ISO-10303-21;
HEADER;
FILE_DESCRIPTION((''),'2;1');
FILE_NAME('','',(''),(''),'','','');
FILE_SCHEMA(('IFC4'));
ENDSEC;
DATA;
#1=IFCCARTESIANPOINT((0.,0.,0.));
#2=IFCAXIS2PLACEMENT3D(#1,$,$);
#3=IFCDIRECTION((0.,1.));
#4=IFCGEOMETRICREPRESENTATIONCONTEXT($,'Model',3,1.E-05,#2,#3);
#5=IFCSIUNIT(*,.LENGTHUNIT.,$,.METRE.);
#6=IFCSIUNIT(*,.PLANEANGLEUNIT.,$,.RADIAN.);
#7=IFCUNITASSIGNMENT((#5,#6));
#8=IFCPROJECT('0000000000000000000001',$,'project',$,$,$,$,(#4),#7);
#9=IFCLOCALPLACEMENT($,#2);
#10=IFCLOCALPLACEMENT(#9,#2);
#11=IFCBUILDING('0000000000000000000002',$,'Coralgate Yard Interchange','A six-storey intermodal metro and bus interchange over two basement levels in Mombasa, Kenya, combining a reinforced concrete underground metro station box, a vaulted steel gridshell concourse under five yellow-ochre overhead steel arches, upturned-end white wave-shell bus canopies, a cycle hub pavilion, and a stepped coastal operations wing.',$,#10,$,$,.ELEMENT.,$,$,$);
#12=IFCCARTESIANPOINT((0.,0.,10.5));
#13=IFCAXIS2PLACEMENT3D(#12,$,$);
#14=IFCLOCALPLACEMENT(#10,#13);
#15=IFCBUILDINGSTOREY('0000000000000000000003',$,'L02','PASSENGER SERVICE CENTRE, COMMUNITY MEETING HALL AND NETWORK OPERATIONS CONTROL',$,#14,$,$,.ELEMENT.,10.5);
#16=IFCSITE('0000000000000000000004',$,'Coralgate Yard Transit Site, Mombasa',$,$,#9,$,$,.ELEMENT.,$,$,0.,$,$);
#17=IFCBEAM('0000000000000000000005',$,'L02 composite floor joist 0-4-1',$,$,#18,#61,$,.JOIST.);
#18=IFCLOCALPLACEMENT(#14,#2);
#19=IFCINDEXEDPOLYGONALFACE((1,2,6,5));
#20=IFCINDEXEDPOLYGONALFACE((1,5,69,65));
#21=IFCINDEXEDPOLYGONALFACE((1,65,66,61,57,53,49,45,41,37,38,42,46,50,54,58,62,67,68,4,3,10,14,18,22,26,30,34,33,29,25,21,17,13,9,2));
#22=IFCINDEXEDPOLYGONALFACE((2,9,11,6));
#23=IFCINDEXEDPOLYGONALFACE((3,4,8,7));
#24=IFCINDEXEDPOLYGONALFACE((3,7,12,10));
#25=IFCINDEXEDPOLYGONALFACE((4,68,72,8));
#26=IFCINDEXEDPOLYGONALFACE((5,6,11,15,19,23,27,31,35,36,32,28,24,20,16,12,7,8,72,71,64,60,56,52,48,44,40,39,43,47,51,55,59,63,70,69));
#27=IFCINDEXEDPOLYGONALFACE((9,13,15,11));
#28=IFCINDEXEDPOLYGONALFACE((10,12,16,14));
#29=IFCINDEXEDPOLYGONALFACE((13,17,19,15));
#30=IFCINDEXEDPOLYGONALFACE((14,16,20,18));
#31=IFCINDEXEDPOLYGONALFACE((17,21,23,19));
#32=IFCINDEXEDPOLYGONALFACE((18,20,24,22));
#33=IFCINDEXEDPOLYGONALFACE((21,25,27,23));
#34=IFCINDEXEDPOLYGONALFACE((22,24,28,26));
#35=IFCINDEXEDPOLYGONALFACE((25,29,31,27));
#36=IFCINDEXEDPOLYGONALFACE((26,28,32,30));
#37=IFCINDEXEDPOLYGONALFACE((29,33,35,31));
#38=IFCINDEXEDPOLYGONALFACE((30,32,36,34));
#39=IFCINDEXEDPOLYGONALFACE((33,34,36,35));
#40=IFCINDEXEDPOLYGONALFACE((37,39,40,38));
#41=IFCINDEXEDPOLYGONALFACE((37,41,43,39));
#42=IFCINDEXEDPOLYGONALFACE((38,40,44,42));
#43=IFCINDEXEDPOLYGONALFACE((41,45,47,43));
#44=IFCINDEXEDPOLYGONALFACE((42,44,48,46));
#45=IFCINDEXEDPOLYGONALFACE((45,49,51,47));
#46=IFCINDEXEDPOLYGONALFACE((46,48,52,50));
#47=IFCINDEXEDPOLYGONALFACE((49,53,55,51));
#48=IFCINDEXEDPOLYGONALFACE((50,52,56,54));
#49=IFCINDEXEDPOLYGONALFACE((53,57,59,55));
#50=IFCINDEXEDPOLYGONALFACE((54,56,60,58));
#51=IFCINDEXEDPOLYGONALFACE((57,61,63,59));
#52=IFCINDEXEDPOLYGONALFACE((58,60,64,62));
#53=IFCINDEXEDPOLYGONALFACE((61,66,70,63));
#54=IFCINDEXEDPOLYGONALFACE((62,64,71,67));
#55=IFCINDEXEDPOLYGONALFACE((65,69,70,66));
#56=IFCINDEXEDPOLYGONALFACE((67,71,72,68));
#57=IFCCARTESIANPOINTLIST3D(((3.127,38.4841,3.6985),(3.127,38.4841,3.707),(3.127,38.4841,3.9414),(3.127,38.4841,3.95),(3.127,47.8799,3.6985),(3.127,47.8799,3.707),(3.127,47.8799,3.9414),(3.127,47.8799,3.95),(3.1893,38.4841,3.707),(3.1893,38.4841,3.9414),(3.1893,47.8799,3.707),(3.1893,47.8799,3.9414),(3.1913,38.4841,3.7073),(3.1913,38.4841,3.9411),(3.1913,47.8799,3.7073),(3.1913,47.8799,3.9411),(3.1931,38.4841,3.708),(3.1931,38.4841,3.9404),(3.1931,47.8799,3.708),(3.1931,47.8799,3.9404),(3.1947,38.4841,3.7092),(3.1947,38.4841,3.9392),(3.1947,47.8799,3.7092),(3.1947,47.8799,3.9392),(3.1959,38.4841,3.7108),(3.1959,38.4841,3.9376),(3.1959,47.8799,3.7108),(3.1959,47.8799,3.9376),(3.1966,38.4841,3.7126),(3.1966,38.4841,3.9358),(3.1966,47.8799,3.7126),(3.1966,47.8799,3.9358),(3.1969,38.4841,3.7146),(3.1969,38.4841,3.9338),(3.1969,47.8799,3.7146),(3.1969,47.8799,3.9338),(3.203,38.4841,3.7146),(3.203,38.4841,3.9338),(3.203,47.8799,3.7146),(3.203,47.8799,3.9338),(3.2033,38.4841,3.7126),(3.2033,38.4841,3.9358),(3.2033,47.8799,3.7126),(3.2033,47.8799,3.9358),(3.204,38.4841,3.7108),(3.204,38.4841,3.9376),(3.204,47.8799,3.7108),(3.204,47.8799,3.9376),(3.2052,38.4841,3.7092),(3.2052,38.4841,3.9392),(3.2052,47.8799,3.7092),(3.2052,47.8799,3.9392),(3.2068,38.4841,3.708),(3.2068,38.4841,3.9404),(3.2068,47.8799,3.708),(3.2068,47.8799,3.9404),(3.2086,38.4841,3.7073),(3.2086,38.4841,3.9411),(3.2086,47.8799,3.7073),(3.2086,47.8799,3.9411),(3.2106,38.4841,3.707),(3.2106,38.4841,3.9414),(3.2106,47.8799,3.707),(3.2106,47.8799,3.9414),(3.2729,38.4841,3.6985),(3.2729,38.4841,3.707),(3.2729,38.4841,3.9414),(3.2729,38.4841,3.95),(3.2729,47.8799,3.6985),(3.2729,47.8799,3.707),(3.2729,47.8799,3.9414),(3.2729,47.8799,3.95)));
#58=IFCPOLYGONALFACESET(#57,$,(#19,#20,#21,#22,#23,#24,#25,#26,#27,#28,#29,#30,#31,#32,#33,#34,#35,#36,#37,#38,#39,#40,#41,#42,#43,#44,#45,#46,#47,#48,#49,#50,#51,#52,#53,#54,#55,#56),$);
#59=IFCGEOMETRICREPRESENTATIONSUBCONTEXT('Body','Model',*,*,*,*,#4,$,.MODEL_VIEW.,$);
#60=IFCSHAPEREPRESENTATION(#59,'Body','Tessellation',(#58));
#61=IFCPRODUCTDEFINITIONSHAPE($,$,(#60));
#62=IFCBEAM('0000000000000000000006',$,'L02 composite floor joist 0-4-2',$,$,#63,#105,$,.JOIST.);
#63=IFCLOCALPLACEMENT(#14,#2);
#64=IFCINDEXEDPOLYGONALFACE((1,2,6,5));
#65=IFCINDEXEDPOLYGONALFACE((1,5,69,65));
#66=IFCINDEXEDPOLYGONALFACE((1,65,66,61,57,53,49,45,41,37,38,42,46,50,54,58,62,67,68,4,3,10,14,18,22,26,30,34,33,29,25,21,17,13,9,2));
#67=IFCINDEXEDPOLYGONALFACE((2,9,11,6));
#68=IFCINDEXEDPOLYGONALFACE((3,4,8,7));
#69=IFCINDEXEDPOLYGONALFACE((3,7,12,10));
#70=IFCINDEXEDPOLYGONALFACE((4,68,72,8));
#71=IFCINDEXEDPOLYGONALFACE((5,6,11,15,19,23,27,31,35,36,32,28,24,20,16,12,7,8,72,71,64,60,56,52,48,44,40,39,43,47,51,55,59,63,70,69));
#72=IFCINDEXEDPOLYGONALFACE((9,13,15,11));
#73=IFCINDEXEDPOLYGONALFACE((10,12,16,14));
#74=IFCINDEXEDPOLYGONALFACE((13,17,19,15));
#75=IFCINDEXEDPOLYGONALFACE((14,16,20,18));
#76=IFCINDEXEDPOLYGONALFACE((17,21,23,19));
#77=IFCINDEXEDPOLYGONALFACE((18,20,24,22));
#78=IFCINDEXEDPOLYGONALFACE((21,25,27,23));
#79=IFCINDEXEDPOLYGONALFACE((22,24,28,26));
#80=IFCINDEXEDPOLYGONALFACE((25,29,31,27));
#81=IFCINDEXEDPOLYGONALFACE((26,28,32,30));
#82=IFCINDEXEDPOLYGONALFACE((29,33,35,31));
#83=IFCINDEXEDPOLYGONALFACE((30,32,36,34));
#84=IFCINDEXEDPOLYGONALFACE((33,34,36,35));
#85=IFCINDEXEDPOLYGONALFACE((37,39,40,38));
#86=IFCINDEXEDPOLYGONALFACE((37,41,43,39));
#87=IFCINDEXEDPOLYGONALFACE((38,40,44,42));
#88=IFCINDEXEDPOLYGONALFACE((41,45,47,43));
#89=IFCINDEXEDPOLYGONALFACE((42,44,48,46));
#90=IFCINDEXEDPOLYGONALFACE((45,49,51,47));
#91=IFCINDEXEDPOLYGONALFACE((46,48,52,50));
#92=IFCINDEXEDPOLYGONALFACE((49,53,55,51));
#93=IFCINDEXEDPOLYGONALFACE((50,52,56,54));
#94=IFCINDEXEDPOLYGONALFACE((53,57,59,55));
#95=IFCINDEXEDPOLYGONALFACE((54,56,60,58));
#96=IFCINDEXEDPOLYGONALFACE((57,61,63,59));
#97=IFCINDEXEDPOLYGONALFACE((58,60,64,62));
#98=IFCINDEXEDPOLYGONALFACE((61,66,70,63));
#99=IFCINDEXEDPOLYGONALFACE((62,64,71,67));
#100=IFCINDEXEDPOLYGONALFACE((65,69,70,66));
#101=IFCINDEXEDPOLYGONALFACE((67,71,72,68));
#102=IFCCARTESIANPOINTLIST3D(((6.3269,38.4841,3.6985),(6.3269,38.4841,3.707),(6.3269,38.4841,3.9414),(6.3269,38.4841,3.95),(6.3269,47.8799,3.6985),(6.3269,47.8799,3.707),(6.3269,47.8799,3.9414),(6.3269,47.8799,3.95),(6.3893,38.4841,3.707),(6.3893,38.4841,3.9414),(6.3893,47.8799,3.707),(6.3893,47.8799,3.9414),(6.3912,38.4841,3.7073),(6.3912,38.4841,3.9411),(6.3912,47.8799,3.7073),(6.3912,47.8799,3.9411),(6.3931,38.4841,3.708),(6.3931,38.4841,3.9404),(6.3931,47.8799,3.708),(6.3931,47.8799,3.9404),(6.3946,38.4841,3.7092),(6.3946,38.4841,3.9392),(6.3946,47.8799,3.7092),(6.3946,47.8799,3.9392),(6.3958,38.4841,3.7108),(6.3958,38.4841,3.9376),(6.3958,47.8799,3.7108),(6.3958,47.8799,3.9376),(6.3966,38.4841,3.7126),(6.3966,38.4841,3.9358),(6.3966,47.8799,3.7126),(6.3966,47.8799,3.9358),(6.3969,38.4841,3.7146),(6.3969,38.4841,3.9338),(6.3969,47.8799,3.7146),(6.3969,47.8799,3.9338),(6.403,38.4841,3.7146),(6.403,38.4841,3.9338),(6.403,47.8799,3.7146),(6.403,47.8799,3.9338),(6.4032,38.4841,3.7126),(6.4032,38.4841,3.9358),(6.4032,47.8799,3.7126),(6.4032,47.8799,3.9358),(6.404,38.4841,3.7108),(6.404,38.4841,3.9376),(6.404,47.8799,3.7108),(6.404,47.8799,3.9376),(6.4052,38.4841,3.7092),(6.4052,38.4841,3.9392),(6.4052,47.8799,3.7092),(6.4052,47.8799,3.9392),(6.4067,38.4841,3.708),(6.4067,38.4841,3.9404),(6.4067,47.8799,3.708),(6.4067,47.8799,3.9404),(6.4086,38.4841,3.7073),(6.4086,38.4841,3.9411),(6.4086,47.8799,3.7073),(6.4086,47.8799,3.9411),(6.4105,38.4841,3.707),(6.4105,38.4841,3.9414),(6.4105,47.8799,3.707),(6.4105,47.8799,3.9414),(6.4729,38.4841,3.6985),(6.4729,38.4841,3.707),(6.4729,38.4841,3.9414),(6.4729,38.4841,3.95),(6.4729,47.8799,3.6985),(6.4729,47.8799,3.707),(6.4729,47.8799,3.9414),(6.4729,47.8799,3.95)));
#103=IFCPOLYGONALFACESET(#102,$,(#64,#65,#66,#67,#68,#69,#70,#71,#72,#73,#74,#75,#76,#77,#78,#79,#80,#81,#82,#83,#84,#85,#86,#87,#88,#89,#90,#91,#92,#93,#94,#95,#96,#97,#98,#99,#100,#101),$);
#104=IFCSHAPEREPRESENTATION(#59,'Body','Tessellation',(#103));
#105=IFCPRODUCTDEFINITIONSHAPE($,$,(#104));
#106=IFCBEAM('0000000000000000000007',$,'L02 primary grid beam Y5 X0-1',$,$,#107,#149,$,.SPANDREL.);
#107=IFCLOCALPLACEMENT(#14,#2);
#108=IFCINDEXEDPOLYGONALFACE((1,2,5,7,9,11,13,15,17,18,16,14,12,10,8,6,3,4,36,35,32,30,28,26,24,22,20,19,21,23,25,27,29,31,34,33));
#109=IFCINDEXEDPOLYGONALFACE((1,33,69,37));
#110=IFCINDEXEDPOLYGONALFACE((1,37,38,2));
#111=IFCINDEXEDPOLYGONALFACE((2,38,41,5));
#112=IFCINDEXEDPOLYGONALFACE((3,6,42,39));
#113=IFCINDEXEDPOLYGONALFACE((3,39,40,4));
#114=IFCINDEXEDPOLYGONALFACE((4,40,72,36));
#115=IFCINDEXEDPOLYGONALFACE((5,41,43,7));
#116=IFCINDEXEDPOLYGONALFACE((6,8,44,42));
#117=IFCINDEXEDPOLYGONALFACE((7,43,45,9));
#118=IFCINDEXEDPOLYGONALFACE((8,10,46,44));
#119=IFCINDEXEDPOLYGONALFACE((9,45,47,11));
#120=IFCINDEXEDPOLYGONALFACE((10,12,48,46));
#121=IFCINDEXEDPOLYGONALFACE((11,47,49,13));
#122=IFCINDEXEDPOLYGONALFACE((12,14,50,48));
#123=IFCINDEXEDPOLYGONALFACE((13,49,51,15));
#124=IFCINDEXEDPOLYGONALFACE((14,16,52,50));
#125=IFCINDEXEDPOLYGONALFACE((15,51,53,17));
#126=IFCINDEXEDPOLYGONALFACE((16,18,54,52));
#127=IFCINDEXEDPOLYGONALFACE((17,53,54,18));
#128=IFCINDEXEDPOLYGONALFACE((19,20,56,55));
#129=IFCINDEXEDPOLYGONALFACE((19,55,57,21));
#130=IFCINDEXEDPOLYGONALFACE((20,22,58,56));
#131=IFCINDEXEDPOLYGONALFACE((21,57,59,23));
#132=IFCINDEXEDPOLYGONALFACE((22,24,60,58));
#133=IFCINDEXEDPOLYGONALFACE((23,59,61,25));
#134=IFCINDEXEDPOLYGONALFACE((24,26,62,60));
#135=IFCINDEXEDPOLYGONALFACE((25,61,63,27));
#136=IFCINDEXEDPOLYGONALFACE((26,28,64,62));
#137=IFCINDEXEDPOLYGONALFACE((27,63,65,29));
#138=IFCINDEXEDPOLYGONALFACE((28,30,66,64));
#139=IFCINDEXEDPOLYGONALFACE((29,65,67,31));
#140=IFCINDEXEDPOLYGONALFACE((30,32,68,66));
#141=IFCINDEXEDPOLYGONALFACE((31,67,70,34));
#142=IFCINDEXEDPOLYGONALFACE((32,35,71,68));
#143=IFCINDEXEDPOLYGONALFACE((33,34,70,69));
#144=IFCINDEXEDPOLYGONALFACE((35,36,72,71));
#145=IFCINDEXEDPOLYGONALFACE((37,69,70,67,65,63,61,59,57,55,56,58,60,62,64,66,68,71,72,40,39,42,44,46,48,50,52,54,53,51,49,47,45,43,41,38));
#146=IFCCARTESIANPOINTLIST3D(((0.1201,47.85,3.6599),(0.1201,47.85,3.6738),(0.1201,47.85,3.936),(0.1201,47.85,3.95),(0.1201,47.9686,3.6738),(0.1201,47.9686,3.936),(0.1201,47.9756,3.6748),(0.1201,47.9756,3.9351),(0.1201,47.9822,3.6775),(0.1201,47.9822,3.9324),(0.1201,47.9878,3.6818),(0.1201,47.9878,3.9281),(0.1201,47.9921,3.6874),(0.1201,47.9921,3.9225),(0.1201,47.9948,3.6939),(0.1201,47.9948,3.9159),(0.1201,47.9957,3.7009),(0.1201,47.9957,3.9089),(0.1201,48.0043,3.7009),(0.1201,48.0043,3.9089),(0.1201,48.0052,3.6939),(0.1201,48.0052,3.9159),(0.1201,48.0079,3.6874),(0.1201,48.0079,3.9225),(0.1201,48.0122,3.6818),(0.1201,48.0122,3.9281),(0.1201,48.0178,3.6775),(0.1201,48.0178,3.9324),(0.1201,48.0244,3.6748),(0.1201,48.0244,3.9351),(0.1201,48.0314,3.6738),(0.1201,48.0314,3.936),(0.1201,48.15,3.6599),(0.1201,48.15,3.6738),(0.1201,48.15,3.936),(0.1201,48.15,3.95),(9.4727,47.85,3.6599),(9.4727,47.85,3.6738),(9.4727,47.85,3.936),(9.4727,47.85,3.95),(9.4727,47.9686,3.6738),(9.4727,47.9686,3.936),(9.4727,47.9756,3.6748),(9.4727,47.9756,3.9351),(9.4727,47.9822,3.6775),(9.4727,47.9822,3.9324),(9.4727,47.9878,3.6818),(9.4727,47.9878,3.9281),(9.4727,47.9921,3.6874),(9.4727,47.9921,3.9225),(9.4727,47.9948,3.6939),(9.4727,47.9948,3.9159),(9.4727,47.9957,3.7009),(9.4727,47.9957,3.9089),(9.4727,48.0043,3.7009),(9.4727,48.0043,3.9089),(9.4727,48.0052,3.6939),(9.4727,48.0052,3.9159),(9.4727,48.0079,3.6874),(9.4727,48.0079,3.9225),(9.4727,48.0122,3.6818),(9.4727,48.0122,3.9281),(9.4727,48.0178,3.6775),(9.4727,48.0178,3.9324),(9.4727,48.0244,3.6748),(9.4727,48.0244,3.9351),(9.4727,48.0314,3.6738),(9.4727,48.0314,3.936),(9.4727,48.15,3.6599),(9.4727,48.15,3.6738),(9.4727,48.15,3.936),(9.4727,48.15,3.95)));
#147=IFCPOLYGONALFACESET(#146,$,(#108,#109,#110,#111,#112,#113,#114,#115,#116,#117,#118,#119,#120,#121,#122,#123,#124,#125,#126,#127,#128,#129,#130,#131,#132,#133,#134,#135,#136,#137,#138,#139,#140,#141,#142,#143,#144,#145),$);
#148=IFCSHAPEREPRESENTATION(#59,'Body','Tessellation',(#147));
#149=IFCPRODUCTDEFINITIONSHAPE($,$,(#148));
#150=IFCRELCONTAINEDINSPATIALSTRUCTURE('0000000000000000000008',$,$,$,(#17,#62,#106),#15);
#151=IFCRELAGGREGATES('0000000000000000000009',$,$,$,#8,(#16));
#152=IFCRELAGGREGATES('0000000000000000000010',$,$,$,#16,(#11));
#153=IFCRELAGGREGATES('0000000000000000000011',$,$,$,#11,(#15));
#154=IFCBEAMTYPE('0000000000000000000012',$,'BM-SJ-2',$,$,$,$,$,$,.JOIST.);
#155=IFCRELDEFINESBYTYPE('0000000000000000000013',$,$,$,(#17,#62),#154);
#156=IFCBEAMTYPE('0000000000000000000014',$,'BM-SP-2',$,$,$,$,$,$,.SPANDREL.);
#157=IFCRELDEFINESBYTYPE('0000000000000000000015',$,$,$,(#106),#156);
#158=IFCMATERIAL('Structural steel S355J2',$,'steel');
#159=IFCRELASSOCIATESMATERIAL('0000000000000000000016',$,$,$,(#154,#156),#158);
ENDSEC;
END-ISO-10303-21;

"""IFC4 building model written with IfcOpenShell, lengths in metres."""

from ifc_helpers import new_model, si_unit, direction, frame, origin, origin_2d, place, context, subcontext, project, spatial, i_section, extrude, material, material_profile, profile_set, type_object, element, save


model = new_model("IFC4")

# Units and contexts
model_context = context("Model", 3, precision=1e-05, world=origin(), true_north=direction((0.0, 1.0)))
body_context = subcontext(model_context, "Body", "Model", "MODEL_VIEW")
ifc_project = project(units=[si_unit("LENGTHUNIT", "METRE"), si_unit("PLANEANGLEUNIT", "RADIAN")], contexts=[model_context])

# Site, building, storey
site_placement = place(None, origin())
site = spatial("IfcSite", under=ifc_project, at=site_placement, Name="Coralgate Yard Transit Site, Mombasa", CompositionType="ELEMENT", RefElevation=0.0)
building_placement = place(site_placement, origin())
building = spatial("IfcBuilding", under=site, at=building_placement, Name="Coralgate Yard Interchange", Description="A six-storey intermodal metro and bus interchange over two basement levels in Mombasa, Kenya, combining a reinforced concrete underground metro station box, a vaulted steel gridshell concourse under five yellow-ochre overhead steel arches, upturned-end white wave-shell bus canopies, a cycle hub pavilion, and a stepped coastal operations wing.", CompositionType="ELEMENT")
storey_placement = place(building_placement, frame((0.0, 0.0, 10.5)))
storey = spatial("IfcBuildingStorey", under=building, at=storey_placement, Name="L02", Description="PASSENGER SERVICE CENTRE, COMMUNITY MEETING HALL AND NETWORK OPERATIONS CONTROL", CompositionType="ELEMENT", Elevation=10.5)

# Shared definitions
ifc_material_1 = material(Name="Structural steel S355J2", Category="steel")

# Beams
ifc_material_profile_1 = material_profile(ifc_material_1, i_section(OverallWidth=0.146, OverallDepth=0.2515, WebThickness=0.0061, FlangeThickness=0.0085, FilletRadius=0.0076, at=origin_2d()), Name="UB 254x146x31")
ifc_profile_set_1 = profile_set([ifc_material_profile_1], Name="Structural steel S355J2")
beam_type_1 = type_object("IfcBeamType", Name="BM-SJ-2", PredefinedType="JOIST", material=ifc_profile_set_1)
for number, where, z_axis, x_axis, name in (
    (1, (3.2, 38.4841, 3.8242), (0.0, 1.0, 0.0), (-1.0, 0.0, 0.0), "L02 composite floor joist 0-4-1"),
    (2, (6.3999, 38.4841, 3.8242), (0.0, 1.0, 0.0), (-1.0, 0.0, 0.0), "L02 composite floor joist 0-4-2"),
):
    element("IfcBeam", number, at=place(storey_placement, frame(where, z_axis=z_axis, x_axis=x_axis)), inside=storey, type_object=beam_type_1, Name=name, PredefinedType="JOIST", context=body_context, shape_type="SweptSolid", body=[
        extrude(i_section(OverallWidth=0.146, OverallDepth=0.2515, WebThickness=0.0061, FlangeThickness=0.0085, FilletRadius=0.0076, at=origin_2d()), origin(), (0.0, 0.0, 1.0), 9.3958),
    ])
ifc_material_profile_2 = material_profile(ifc_material_1, i_section(OverallWidth=0.3, OverallDepth=0.29, WebThickness=0.0085, FlangeThickness=0.0139, FilletRadius=0.0271, at=origin_2d()), Name="HEA 300")
ifc_profile_set_2 = profile_set([ifc_material_profile_2], Name="Structural steel S355J2")
beam_type_2 = type_object("IfcBeamType", Name="BM-SP-2", PredefinedType="SPANDREL", material=ifc_profile_set_2)
beam_1_placement = place(storey_placement, frame((0.1201, 48.0, 3.8049), z_axis=(1.0, 0.0, 0.0), x_axis=(0.0, 1.0, 0.0)))
element("IfcBeam", 3, at=beam_1_placement, inside=storey, type_object=beam_type_2, Name="L02 primary grid beam Y5 X0-1", PredefinedType="SPANDREL", context=body_context, shape_type="SweptSolid", body=[
    extrude(i_section(OverallWidth=0.3, OverallDepth=0.29, WebThickness=0.0085, FlangeThickness=0.0139, FilletRadius=0.0271, at=origin_2d()), origin(), (0.0, 0.0, 1.0), 9.3525),
])

save(model, "model.ifc")
